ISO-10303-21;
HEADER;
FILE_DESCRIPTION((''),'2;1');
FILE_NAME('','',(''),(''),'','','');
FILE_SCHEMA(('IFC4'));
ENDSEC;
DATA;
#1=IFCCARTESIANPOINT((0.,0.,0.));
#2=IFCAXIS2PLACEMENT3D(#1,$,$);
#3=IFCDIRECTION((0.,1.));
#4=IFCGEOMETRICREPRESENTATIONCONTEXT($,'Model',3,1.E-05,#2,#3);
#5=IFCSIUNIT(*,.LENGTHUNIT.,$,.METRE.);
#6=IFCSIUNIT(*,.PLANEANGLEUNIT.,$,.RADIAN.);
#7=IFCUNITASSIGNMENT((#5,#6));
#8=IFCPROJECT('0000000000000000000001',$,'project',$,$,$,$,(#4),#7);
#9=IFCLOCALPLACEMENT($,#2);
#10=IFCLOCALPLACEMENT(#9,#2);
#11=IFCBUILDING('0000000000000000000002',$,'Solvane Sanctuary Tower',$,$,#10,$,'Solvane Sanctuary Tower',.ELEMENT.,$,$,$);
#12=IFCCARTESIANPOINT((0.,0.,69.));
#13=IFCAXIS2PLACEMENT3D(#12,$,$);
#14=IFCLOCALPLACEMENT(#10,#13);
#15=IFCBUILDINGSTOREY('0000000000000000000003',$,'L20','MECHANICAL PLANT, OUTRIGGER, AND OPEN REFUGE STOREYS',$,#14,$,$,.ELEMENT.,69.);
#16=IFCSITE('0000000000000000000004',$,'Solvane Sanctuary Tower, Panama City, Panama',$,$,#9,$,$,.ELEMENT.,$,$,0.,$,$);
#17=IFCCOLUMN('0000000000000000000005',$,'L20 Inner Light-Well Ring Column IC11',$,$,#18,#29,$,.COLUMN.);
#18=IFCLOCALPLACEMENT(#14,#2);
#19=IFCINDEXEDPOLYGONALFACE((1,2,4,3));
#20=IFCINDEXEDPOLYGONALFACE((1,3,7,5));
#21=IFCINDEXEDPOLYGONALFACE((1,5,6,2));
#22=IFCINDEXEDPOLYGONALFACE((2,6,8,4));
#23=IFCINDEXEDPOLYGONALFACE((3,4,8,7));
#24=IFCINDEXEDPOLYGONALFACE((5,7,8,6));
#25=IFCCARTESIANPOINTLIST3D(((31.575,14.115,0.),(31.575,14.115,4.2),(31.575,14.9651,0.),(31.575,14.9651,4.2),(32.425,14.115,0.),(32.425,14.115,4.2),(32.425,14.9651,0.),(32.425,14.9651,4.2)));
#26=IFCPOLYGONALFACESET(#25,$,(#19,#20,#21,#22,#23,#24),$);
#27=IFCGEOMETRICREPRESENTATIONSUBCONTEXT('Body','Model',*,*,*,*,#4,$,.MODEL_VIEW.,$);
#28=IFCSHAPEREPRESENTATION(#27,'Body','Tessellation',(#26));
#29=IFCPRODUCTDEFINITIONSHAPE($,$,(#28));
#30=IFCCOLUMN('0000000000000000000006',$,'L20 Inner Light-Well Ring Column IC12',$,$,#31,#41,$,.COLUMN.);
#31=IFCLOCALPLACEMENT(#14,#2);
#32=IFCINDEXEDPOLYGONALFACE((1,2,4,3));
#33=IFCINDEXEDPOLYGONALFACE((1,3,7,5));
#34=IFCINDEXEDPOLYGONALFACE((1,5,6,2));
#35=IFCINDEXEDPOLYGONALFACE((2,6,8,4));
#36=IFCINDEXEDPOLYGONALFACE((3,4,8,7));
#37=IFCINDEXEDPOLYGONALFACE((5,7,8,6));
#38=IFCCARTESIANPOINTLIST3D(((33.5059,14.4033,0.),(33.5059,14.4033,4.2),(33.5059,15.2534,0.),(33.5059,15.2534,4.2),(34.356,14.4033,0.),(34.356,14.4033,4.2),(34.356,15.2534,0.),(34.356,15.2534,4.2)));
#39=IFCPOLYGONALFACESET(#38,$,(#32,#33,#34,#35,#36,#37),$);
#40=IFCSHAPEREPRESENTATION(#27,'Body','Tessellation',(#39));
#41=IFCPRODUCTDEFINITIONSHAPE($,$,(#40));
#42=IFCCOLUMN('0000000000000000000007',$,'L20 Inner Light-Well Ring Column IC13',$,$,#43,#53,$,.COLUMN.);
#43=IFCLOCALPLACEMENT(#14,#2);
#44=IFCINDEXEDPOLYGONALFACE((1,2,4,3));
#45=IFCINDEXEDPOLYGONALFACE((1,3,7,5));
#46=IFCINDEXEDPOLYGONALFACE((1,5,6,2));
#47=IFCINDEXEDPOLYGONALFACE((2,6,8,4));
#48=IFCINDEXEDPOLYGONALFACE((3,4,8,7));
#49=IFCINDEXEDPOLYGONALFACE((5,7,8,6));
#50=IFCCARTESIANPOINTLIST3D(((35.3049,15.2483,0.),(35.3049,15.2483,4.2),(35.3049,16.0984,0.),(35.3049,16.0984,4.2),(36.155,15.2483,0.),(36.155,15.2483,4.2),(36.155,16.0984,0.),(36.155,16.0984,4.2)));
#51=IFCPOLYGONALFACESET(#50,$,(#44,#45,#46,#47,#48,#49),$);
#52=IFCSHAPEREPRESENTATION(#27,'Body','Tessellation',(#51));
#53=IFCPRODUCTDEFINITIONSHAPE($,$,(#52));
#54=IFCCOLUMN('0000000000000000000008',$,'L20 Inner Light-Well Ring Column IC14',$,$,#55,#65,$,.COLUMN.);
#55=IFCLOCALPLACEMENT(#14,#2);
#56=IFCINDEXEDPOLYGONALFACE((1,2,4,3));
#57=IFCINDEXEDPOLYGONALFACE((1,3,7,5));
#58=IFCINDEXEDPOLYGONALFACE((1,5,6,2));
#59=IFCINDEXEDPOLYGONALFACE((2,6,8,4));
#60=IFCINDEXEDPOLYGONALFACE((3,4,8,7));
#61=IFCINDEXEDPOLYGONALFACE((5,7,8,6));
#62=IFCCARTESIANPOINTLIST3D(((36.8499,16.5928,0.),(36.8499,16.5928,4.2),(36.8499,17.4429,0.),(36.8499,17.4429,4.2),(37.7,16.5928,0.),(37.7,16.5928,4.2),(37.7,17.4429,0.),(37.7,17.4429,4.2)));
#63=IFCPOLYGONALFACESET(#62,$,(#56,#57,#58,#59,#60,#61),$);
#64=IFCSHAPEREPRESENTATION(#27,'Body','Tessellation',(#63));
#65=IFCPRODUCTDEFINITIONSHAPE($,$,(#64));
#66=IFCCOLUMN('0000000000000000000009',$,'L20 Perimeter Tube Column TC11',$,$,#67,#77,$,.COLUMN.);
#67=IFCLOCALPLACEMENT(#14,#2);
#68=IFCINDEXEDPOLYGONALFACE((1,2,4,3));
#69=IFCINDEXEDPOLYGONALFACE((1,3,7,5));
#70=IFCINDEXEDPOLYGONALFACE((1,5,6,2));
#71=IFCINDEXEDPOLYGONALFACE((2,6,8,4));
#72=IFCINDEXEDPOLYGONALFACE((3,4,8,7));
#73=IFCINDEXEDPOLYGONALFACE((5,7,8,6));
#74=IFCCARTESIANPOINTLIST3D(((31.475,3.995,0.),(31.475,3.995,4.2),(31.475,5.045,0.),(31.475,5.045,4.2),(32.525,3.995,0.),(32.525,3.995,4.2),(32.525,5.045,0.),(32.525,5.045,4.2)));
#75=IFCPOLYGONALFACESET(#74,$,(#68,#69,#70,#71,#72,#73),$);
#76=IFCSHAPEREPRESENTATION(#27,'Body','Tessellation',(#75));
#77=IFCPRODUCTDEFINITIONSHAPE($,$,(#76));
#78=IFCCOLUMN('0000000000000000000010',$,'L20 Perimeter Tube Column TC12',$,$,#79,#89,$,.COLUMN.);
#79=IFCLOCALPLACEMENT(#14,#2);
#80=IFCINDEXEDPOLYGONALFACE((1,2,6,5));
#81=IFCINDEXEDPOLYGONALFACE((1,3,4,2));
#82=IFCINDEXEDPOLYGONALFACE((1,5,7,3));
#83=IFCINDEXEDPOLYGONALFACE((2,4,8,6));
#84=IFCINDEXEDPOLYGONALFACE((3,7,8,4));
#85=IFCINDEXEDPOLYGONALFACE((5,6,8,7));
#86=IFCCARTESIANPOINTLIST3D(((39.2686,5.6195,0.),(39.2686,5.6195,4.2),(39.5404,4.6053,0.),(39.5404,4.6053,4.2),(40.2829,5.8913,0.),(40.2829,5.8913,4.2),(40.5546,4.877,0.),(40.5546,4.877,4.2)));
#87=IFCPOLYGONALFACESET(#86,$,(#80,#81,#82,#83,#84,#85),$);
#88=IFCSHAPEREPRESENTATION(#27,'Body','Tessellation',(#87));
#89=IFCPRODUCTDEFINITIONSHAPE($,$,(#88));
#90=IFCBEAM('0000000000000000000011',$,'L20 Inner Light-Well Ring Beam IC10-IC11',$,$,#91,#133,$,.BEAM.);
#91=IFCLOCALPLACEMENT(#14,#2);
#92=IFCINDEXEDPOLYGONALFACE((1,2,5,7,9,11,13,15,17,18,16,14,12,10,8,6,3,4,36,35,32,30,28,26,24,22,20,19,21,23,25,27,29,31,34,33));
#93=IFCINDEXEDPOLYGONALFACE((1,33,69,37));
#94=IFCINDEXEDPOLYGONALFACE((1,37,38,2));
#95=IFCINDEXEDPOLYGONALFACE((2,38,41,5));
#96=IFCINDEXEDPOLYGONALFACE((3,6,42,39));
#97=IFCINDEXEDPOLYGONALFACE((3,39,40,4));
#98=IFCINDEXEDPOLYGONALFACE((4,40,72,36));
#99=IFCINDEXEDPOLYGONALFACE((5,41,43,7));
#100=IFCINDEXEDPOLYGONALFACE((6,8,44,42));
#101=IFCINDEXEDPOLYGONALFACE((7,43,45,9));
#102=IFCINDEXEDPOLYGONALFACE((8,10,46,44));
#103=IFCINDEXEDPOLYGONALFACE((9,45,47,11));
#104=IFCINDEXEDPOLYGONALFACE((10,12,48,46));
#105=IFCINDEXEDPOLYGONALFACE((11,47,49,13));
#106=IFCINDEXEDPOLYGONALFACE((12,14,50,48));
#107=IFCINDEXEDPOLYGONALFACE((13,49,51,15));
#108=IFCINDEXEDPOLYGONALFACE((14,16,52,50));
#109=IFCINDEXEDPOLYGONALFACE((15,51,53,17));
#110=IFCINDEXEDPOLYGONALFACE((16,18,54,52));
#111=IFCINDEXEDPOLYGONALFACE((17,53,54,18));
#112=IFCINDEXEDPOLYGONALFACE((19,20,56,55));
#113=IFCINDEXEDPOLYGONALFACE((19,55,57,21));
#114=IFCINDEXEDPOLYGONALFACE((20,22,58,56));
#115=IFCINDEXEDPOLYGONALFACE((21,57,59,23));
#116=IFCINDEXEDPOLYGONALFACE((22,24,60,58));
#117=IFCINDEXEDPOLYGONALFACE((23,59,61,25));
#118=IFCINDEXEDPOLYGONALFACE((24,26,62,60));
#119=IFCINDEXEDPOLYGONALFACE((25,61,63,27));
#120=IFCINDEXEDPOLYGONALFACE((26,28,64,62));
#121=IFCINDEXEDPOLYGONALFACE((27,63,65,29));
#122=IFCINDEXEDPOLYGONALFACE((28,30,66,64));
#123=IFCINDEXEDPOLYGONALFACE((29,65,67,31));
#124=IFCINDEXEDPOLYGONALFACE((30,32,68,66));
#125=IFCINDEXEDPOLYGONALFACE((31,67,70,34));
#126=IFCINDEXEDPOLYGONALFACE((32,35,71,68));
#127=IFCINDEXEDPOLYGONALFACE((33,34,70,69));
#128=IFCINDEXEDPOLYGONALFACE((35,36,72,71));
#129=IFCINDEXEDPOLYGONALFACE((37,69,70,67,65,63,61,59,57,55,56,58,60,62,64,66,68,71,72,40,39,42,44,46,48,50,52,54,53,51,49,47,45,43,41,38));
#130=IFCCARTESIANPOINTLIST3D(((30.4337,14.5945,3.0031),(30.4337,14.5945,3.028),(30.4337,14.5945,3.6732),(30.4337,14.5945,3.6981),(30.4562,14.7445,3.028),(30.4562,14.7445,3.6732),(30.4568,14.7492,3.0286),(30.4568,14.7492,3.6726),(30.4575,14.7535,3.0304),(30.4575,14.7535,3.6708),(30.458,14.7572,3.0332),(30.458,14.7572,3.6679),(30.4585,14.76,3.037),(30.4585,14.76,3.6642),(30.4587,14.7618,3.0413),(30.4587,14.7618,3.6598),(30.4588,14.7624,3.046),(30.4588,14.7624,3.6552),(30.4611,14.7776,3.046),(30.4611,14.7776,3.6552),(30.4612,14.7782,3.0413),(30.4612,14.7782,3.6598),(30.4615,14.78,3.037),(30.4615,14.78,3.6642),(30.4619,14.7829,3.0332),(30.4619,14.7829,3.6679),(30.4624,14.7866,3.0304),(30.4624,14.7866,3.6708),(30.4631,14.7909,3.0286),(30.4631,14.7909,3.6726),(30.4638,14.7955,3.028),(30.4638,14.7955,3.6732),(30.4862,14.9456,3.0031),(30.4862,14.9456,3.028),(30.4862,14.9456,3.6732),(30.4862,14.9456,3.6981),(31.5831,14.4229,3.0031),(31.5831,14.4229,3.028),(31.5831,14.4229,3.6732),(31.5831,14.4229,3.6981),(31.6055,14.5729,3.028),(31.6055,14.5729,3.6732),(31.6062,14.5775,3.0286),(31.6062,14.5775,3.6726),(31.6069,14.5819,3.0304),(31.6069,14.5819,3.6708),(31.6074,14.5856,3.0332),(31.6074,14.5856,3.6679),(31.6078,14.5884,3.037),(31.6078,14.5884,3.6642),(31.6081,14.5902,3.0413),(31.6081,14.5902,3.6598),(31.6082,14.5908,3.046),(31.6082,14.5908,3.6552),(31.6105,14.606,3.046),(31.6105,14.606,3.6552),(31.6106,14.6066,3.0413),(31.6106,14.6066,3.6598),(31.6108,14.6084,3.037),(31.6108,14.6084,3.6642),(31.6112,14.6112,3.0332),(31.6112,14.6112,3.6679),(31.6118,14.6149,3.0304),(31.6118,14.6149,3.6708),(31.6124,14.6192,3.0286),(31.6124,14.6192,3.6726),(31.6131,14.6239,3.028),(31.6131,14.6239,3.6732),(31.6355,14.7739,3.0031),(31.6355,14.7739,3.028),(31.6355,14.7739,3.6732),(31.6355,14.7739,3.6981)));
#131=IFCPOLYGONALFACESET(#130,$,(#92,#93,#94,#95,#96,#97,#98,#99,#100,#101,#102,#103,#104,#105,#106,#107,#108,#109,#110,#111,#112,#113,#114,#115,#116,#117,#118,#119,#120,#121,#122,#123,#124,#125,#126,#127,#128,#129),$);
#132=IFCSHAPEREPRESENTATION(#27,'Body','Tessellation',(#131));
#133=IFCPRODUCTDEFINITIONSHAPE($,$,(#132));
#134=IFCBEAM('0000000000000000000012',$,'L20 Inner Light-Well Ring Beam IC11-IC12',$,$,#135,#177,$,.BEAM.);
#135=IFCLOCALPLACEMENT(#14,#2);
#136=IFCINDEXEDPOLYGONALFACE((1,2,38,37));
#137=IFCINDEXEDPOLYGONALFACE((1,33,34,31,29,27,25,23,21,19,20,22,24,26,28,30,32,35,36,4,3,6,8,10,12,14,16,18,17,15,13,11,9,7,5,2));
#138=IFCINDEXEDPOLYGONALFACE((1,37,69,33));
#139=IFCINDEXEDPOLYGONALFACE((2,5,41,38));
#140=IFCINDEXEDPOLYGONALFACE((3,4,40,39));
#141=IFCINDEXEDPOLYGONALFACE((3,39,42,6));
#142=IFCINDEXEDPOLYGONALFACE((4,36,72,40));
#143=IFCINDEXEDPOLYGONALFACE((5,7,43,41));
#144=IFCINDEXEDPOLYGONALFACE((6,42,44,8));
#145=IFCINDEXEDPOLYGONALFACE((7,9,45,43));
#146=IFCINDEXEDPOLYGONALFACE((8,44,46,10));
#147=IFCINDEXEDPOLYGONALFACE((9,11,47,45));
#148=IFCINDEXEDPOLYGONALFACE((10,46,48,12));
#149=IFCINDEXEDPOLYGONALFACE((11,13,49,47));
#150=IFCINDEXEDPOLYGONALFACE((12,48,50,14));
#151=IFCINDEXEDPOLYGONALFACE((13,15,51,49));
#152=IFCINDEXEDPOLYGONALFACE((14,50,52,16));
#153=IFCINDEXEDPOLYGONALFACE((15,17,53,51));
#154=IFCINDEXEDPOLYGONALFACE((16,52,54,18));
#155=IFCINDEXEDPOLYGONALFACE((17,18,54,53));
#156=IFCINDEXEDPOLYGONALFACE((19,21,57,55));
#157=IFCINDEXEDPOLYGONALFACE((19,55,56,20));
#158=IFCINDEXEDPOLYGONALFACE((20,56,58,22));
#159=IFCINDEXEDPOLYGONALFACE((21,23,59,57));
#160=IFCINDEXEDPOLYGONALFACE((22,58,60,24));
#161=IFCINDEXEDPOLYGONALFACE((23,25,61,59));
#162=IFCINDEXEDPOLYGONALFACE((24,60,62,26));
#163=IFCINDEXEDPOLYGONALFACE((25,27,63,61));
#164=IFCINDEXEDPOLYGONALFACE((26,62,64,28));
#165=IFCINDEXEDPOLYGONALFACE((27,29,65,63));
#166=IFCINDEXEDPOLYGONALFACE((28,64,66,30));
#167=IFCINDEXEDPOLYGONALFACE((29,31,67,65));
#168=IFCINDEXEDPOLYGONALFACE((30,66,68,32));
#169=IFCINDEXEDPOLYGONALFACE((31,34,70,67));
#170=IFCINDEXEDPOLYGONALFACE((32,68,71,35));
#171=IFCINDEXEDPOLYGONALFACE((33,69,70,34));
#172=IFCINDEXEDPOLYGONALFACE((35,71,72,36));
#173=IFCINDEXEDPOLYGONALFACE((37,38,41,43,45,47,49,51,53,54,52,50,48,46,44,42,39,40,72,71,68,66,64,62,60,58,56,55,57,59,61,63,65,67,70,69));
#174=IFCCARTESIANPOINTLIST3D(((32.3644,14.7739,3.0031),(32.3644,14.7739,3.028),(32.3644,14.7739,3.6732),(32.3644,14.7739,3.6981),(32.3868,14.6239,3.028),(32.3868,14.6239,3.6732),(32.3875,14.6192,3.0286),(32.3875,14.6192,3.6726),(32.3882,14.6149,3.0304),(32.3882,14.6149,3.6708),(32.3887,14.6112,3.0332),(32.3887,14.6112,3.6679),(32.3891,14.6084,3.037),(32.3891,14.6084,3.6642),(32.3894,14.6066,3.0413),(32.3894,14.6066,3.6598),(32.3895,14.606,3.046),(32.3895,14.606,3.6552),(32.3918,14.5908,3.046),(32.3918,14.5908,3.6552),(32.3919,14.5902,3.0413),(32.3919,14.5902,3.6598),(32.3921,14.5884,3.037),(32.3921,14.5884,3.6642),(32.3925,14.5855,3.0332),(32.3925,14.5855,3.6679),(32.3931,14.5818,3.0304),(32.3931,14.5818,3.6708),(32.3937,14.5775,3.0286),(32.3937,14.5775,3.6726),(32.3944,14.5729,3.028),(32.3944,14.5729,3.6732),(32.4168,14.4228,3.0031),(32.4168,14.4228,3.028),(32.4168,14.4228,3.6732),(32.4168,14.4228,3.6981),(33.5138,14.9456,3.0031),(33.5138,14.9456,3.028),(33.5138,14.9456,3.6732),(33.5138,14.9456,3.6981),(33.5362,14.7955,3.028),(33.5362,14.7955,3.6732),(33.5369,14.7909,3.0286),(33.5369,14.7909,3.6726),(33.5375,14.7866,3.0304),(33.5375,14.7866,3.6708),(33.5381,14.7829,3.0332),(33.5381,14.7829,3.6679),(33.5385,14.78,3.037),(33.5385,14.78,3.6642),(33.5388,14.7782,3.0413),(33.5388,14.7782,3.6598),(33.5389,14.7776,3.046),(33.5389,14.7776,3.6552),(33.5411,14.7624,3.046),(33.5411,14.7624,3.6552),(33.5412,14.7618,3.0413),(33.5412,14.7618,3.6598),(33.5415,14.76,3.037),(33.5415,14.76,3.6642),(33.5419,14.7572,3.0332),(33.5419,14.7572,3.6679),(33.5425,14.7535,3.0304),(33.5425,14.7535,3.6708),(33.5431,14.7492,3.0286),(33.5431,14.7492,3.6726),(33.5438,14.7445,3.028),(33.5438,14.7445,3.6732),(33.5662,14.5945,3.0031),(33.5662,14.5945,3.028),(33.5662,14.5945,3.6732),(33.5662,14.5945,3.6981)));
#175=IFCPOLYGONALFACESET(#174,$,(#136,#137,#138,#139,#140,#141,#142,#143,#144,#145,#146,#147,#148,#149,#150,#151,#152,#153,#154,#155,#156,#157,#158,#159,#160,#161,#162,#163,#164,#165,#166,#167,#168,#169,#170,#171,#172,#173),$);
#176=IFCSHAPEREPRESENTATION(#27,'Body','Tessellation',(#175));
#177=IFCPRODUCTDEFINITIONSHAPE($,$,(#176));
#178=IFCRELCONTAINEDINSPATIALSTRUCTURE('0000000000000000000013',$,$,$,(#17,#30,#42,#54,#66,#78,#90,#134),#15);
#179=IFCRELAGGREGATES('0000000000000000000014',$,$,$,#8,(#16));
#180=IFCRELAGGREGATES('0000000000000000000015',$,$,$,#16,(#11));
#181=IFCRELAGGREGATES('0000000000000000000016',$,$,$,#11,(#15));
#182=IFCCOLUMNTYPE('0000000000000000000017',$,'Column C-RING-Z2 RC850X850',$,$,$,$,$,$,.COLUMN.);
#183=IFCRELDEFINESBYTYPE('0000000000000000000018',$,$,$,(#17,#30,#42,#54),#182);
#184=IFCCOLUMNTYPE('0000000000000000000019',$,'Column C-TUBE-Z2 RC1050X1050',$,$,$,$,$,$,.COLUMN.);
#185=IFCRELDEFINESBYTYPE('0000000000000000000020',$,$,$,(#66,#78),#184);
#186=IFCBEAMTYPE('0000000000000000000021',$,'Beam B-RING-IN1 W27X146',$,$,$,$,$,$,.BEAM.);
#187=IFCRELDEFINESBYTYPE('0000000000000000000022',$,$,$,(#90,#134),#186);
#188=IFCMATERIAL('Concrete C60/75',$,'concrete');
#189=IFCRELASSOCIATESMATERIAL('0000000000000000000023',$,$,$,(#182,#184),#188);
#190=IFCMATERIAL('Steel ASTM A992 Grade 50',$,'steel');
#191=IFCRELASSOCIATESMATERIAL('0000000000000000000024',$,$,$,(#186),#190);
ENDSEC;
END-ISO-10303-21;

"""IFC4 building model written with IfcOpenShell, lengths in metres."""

from ifc_helpers import new_model, si_unit, direction, frame, origin, origin_2d, place, context, subcontext, project, spatial, rectangle, i_section, extrude, material, material_profile, profile_set, type_object, element, save


model = new_model("IFC4")

# Units and contexts
model_context = context("Model", 3, precision=1e-05, world=origin(), true_north=direction((0.0, 1.0)))
body_context = subcontext(model_context, "Body", "Model", "MODEL_VIEW")
ifc_project = project(units=[si_unit("LENGTHUNIT", "METRE"), si_unit("PLANEANGLEUNIT", "RADIAN")], contexts=[model_context])

# Site, building, storey
site_placement = place(None, origin())
site = spatial("IfcSite", under=ifc_project, at=site_placement, Name="Solvane Sanctuary Tower, Panama City, Panama", CompositionType="ELEMENT", RefElevation=0.0)
building_placement = place(site_placement, origin())
building = spatial("IfcBuilding", under=site, at=building_placement, Name="Solvane Sanctuary Tower", LongName="Solvane Sanctuary Tower", CompositionType="ELEMENT")
storey_placement = place(building_placement, frame((0.0, 0.0, 69.0)))
storey = spatial("IfcBuildingStorey", under=building, at=storey_placement, Name="L20", Description="MECHANICAL PLANT, OUTRIGGER, AND OPEN REFUGE STOREYS", CompositionType="ELEMENT", Elevation=69.0)

# Columns
ifc_material_1 = material(Name="Concrete C60/75", Category="concrete")
ifc_material_profile_1 = material_profile(ifc_material_1, rectangle(XDim=0.8501, YDim=0.8501, at=origin_2d()), Name="RC850X850")
ifc_profile_set_1 = profile_set([ifc_material_profile_1], Name="Concrete C60/75")
column_type_1 = type_object("IfcColumnType", Name="Column C-RING-Z2 RC850X850", PredefinedType="COLUMN", material=ifc_profile_set_1)
for number, where, z_axis, x_axis, name in (
    (1, (32.0, 14.54, 0.0), (0.0, 0.0, 1.0), (1.0, 0.0, 0.0), "L20 Inner Light-Well Ring Column IC11"),
    (2, (33.9309, 14.8284, 0.0), (0.0, 0.0, 1.0), (1.0, 0.0, 0.0), "L20 Inner Light-Well Ring Column IC12"),
    (3, (35.73, 15.6733, 0.0), (0.0, 0.0, 1.0), (1.0, 0.0, 0.0), "L20 Inner Light-Well Ring Column IC13"),
    (4, (37.2749, 17.0178, 0.0), (0.0, 0.0, 1.0), (1.0, 0.0, 0.0), "L20 Inner Light-Well Ring Column IC14"),
):
    element("IfcColumn", number, at=place(storey_placement, frame(where, z_axis=z_axis, x_axis=x_axis)), inside=storey, type_object=column_type_1, Name=name, PredefinedType="COLUMN", context=body_context, shape_type="SweptSolid", body=[
        extrude(rectangle(XDim=0.8501, YDim=0.8501, at=origin_2d()), origin(), (0.0, 0.0, 1.0), 4.2),
    ])
ifc_material_profile_2 = material_profile(ifc_material_1, rectangle(XDim=1.05, YDim=1.05, at=origin_2d()), Name="RC1050X1050")
ifc_profile_set_2 = profile_set([ifc_material_profile_2], Name="Concrete C60/75")
column_type_2 = type_object("IfcColumnType", Name="Column C-TUBE-Z2 RC1050X1050", PredefinedType="COLUMN", material=ifc_profile_set_2)
for number, where, z_axis, x_axis, name in (
    (5, (32.0, 4.52, 0.0), (0.0, 0.0, 1.0), (0.0, -1.0, 0.0), "L20 Perimeter Tube Column TC11"),
    (6, (39.9116, 5.2483, 0.0), (0.0, 0.0, 1.0), (0.258819, -0.965926, 0.0), "L20 Perimeter Tube Column TC12"),
):
    element("IfcColumn", number, at=place(storey_placement, frame(where, z_axis=z_axis, x_axis=x_axis)), inside=storey, type_object=column_type_2, Name=name, PredefinedType="COLUMN", context=body_context, shape_type="SweptSolid", body=[
        extrude(rectangle(XDim=1.05, YDim=1.05, at=origin_2d()), origin(), (0.0, 0.0, 1.0), 4.2),
    ])

# Beams
ifc_material_2 = material(Name="Steel ASTM A992 Grade 50", Category="steel")
ifc_material_profile_3 = material_profile(ifc_material_2, i_section(OverallWidth=0.355, OverallDepth=0.6951, WebThickness=0.0154, FlangeThickness=0.0249, FilletRadius=0.0181, at=origin_2d()), Name="W27X146")
ifc_profile_set_3 = profile_set([ifc_material_profile_3], Name="Steel ASTM A992 Grade 50")
beam_type_1 = type_object("IfcBeamType", Name="Beam B-RING-IN1 W27X146", PredefinedType="BEAM", material=ifc_profile_set_3)
for number, where, z_axis, x_axis, name in (
    (7, (30.46, 14.77, 3.3506), (0.989035, -0.147683, 0.0), (0.147683, 0.989035, 0.0), "L20 Inner Light-Well Ring Beam IC10-IC11"),
    (8, (32.3906, 14.5984, 3.3506), (0.989035, 0.147683, 0.0), (-0.147683, 0.989035, 0.0), "L20 Inner Light-Well Ring Beam IC11-IC12"),
):
    element("IfcBeam", number, at=place(storey_placement, frame(where, z_axis=z_axis, x_axis=x_axis)), inside=storey, type_object=beam_type_1, Name=name, PredefinedType="BEAM", context=body_context, shape_type="SweptSolid", body=[
        extrude(i_section(OverallWidth=0.355, OverallDepth=0.6951, WebThickness=0.0154, FlangeThickness=0.0249, FilletRadius=0.0181, at=origin_2d()), origin(), (0.0, 0.0, 1.0), 1.1621),
    ])

save(model, "model.ifc")
